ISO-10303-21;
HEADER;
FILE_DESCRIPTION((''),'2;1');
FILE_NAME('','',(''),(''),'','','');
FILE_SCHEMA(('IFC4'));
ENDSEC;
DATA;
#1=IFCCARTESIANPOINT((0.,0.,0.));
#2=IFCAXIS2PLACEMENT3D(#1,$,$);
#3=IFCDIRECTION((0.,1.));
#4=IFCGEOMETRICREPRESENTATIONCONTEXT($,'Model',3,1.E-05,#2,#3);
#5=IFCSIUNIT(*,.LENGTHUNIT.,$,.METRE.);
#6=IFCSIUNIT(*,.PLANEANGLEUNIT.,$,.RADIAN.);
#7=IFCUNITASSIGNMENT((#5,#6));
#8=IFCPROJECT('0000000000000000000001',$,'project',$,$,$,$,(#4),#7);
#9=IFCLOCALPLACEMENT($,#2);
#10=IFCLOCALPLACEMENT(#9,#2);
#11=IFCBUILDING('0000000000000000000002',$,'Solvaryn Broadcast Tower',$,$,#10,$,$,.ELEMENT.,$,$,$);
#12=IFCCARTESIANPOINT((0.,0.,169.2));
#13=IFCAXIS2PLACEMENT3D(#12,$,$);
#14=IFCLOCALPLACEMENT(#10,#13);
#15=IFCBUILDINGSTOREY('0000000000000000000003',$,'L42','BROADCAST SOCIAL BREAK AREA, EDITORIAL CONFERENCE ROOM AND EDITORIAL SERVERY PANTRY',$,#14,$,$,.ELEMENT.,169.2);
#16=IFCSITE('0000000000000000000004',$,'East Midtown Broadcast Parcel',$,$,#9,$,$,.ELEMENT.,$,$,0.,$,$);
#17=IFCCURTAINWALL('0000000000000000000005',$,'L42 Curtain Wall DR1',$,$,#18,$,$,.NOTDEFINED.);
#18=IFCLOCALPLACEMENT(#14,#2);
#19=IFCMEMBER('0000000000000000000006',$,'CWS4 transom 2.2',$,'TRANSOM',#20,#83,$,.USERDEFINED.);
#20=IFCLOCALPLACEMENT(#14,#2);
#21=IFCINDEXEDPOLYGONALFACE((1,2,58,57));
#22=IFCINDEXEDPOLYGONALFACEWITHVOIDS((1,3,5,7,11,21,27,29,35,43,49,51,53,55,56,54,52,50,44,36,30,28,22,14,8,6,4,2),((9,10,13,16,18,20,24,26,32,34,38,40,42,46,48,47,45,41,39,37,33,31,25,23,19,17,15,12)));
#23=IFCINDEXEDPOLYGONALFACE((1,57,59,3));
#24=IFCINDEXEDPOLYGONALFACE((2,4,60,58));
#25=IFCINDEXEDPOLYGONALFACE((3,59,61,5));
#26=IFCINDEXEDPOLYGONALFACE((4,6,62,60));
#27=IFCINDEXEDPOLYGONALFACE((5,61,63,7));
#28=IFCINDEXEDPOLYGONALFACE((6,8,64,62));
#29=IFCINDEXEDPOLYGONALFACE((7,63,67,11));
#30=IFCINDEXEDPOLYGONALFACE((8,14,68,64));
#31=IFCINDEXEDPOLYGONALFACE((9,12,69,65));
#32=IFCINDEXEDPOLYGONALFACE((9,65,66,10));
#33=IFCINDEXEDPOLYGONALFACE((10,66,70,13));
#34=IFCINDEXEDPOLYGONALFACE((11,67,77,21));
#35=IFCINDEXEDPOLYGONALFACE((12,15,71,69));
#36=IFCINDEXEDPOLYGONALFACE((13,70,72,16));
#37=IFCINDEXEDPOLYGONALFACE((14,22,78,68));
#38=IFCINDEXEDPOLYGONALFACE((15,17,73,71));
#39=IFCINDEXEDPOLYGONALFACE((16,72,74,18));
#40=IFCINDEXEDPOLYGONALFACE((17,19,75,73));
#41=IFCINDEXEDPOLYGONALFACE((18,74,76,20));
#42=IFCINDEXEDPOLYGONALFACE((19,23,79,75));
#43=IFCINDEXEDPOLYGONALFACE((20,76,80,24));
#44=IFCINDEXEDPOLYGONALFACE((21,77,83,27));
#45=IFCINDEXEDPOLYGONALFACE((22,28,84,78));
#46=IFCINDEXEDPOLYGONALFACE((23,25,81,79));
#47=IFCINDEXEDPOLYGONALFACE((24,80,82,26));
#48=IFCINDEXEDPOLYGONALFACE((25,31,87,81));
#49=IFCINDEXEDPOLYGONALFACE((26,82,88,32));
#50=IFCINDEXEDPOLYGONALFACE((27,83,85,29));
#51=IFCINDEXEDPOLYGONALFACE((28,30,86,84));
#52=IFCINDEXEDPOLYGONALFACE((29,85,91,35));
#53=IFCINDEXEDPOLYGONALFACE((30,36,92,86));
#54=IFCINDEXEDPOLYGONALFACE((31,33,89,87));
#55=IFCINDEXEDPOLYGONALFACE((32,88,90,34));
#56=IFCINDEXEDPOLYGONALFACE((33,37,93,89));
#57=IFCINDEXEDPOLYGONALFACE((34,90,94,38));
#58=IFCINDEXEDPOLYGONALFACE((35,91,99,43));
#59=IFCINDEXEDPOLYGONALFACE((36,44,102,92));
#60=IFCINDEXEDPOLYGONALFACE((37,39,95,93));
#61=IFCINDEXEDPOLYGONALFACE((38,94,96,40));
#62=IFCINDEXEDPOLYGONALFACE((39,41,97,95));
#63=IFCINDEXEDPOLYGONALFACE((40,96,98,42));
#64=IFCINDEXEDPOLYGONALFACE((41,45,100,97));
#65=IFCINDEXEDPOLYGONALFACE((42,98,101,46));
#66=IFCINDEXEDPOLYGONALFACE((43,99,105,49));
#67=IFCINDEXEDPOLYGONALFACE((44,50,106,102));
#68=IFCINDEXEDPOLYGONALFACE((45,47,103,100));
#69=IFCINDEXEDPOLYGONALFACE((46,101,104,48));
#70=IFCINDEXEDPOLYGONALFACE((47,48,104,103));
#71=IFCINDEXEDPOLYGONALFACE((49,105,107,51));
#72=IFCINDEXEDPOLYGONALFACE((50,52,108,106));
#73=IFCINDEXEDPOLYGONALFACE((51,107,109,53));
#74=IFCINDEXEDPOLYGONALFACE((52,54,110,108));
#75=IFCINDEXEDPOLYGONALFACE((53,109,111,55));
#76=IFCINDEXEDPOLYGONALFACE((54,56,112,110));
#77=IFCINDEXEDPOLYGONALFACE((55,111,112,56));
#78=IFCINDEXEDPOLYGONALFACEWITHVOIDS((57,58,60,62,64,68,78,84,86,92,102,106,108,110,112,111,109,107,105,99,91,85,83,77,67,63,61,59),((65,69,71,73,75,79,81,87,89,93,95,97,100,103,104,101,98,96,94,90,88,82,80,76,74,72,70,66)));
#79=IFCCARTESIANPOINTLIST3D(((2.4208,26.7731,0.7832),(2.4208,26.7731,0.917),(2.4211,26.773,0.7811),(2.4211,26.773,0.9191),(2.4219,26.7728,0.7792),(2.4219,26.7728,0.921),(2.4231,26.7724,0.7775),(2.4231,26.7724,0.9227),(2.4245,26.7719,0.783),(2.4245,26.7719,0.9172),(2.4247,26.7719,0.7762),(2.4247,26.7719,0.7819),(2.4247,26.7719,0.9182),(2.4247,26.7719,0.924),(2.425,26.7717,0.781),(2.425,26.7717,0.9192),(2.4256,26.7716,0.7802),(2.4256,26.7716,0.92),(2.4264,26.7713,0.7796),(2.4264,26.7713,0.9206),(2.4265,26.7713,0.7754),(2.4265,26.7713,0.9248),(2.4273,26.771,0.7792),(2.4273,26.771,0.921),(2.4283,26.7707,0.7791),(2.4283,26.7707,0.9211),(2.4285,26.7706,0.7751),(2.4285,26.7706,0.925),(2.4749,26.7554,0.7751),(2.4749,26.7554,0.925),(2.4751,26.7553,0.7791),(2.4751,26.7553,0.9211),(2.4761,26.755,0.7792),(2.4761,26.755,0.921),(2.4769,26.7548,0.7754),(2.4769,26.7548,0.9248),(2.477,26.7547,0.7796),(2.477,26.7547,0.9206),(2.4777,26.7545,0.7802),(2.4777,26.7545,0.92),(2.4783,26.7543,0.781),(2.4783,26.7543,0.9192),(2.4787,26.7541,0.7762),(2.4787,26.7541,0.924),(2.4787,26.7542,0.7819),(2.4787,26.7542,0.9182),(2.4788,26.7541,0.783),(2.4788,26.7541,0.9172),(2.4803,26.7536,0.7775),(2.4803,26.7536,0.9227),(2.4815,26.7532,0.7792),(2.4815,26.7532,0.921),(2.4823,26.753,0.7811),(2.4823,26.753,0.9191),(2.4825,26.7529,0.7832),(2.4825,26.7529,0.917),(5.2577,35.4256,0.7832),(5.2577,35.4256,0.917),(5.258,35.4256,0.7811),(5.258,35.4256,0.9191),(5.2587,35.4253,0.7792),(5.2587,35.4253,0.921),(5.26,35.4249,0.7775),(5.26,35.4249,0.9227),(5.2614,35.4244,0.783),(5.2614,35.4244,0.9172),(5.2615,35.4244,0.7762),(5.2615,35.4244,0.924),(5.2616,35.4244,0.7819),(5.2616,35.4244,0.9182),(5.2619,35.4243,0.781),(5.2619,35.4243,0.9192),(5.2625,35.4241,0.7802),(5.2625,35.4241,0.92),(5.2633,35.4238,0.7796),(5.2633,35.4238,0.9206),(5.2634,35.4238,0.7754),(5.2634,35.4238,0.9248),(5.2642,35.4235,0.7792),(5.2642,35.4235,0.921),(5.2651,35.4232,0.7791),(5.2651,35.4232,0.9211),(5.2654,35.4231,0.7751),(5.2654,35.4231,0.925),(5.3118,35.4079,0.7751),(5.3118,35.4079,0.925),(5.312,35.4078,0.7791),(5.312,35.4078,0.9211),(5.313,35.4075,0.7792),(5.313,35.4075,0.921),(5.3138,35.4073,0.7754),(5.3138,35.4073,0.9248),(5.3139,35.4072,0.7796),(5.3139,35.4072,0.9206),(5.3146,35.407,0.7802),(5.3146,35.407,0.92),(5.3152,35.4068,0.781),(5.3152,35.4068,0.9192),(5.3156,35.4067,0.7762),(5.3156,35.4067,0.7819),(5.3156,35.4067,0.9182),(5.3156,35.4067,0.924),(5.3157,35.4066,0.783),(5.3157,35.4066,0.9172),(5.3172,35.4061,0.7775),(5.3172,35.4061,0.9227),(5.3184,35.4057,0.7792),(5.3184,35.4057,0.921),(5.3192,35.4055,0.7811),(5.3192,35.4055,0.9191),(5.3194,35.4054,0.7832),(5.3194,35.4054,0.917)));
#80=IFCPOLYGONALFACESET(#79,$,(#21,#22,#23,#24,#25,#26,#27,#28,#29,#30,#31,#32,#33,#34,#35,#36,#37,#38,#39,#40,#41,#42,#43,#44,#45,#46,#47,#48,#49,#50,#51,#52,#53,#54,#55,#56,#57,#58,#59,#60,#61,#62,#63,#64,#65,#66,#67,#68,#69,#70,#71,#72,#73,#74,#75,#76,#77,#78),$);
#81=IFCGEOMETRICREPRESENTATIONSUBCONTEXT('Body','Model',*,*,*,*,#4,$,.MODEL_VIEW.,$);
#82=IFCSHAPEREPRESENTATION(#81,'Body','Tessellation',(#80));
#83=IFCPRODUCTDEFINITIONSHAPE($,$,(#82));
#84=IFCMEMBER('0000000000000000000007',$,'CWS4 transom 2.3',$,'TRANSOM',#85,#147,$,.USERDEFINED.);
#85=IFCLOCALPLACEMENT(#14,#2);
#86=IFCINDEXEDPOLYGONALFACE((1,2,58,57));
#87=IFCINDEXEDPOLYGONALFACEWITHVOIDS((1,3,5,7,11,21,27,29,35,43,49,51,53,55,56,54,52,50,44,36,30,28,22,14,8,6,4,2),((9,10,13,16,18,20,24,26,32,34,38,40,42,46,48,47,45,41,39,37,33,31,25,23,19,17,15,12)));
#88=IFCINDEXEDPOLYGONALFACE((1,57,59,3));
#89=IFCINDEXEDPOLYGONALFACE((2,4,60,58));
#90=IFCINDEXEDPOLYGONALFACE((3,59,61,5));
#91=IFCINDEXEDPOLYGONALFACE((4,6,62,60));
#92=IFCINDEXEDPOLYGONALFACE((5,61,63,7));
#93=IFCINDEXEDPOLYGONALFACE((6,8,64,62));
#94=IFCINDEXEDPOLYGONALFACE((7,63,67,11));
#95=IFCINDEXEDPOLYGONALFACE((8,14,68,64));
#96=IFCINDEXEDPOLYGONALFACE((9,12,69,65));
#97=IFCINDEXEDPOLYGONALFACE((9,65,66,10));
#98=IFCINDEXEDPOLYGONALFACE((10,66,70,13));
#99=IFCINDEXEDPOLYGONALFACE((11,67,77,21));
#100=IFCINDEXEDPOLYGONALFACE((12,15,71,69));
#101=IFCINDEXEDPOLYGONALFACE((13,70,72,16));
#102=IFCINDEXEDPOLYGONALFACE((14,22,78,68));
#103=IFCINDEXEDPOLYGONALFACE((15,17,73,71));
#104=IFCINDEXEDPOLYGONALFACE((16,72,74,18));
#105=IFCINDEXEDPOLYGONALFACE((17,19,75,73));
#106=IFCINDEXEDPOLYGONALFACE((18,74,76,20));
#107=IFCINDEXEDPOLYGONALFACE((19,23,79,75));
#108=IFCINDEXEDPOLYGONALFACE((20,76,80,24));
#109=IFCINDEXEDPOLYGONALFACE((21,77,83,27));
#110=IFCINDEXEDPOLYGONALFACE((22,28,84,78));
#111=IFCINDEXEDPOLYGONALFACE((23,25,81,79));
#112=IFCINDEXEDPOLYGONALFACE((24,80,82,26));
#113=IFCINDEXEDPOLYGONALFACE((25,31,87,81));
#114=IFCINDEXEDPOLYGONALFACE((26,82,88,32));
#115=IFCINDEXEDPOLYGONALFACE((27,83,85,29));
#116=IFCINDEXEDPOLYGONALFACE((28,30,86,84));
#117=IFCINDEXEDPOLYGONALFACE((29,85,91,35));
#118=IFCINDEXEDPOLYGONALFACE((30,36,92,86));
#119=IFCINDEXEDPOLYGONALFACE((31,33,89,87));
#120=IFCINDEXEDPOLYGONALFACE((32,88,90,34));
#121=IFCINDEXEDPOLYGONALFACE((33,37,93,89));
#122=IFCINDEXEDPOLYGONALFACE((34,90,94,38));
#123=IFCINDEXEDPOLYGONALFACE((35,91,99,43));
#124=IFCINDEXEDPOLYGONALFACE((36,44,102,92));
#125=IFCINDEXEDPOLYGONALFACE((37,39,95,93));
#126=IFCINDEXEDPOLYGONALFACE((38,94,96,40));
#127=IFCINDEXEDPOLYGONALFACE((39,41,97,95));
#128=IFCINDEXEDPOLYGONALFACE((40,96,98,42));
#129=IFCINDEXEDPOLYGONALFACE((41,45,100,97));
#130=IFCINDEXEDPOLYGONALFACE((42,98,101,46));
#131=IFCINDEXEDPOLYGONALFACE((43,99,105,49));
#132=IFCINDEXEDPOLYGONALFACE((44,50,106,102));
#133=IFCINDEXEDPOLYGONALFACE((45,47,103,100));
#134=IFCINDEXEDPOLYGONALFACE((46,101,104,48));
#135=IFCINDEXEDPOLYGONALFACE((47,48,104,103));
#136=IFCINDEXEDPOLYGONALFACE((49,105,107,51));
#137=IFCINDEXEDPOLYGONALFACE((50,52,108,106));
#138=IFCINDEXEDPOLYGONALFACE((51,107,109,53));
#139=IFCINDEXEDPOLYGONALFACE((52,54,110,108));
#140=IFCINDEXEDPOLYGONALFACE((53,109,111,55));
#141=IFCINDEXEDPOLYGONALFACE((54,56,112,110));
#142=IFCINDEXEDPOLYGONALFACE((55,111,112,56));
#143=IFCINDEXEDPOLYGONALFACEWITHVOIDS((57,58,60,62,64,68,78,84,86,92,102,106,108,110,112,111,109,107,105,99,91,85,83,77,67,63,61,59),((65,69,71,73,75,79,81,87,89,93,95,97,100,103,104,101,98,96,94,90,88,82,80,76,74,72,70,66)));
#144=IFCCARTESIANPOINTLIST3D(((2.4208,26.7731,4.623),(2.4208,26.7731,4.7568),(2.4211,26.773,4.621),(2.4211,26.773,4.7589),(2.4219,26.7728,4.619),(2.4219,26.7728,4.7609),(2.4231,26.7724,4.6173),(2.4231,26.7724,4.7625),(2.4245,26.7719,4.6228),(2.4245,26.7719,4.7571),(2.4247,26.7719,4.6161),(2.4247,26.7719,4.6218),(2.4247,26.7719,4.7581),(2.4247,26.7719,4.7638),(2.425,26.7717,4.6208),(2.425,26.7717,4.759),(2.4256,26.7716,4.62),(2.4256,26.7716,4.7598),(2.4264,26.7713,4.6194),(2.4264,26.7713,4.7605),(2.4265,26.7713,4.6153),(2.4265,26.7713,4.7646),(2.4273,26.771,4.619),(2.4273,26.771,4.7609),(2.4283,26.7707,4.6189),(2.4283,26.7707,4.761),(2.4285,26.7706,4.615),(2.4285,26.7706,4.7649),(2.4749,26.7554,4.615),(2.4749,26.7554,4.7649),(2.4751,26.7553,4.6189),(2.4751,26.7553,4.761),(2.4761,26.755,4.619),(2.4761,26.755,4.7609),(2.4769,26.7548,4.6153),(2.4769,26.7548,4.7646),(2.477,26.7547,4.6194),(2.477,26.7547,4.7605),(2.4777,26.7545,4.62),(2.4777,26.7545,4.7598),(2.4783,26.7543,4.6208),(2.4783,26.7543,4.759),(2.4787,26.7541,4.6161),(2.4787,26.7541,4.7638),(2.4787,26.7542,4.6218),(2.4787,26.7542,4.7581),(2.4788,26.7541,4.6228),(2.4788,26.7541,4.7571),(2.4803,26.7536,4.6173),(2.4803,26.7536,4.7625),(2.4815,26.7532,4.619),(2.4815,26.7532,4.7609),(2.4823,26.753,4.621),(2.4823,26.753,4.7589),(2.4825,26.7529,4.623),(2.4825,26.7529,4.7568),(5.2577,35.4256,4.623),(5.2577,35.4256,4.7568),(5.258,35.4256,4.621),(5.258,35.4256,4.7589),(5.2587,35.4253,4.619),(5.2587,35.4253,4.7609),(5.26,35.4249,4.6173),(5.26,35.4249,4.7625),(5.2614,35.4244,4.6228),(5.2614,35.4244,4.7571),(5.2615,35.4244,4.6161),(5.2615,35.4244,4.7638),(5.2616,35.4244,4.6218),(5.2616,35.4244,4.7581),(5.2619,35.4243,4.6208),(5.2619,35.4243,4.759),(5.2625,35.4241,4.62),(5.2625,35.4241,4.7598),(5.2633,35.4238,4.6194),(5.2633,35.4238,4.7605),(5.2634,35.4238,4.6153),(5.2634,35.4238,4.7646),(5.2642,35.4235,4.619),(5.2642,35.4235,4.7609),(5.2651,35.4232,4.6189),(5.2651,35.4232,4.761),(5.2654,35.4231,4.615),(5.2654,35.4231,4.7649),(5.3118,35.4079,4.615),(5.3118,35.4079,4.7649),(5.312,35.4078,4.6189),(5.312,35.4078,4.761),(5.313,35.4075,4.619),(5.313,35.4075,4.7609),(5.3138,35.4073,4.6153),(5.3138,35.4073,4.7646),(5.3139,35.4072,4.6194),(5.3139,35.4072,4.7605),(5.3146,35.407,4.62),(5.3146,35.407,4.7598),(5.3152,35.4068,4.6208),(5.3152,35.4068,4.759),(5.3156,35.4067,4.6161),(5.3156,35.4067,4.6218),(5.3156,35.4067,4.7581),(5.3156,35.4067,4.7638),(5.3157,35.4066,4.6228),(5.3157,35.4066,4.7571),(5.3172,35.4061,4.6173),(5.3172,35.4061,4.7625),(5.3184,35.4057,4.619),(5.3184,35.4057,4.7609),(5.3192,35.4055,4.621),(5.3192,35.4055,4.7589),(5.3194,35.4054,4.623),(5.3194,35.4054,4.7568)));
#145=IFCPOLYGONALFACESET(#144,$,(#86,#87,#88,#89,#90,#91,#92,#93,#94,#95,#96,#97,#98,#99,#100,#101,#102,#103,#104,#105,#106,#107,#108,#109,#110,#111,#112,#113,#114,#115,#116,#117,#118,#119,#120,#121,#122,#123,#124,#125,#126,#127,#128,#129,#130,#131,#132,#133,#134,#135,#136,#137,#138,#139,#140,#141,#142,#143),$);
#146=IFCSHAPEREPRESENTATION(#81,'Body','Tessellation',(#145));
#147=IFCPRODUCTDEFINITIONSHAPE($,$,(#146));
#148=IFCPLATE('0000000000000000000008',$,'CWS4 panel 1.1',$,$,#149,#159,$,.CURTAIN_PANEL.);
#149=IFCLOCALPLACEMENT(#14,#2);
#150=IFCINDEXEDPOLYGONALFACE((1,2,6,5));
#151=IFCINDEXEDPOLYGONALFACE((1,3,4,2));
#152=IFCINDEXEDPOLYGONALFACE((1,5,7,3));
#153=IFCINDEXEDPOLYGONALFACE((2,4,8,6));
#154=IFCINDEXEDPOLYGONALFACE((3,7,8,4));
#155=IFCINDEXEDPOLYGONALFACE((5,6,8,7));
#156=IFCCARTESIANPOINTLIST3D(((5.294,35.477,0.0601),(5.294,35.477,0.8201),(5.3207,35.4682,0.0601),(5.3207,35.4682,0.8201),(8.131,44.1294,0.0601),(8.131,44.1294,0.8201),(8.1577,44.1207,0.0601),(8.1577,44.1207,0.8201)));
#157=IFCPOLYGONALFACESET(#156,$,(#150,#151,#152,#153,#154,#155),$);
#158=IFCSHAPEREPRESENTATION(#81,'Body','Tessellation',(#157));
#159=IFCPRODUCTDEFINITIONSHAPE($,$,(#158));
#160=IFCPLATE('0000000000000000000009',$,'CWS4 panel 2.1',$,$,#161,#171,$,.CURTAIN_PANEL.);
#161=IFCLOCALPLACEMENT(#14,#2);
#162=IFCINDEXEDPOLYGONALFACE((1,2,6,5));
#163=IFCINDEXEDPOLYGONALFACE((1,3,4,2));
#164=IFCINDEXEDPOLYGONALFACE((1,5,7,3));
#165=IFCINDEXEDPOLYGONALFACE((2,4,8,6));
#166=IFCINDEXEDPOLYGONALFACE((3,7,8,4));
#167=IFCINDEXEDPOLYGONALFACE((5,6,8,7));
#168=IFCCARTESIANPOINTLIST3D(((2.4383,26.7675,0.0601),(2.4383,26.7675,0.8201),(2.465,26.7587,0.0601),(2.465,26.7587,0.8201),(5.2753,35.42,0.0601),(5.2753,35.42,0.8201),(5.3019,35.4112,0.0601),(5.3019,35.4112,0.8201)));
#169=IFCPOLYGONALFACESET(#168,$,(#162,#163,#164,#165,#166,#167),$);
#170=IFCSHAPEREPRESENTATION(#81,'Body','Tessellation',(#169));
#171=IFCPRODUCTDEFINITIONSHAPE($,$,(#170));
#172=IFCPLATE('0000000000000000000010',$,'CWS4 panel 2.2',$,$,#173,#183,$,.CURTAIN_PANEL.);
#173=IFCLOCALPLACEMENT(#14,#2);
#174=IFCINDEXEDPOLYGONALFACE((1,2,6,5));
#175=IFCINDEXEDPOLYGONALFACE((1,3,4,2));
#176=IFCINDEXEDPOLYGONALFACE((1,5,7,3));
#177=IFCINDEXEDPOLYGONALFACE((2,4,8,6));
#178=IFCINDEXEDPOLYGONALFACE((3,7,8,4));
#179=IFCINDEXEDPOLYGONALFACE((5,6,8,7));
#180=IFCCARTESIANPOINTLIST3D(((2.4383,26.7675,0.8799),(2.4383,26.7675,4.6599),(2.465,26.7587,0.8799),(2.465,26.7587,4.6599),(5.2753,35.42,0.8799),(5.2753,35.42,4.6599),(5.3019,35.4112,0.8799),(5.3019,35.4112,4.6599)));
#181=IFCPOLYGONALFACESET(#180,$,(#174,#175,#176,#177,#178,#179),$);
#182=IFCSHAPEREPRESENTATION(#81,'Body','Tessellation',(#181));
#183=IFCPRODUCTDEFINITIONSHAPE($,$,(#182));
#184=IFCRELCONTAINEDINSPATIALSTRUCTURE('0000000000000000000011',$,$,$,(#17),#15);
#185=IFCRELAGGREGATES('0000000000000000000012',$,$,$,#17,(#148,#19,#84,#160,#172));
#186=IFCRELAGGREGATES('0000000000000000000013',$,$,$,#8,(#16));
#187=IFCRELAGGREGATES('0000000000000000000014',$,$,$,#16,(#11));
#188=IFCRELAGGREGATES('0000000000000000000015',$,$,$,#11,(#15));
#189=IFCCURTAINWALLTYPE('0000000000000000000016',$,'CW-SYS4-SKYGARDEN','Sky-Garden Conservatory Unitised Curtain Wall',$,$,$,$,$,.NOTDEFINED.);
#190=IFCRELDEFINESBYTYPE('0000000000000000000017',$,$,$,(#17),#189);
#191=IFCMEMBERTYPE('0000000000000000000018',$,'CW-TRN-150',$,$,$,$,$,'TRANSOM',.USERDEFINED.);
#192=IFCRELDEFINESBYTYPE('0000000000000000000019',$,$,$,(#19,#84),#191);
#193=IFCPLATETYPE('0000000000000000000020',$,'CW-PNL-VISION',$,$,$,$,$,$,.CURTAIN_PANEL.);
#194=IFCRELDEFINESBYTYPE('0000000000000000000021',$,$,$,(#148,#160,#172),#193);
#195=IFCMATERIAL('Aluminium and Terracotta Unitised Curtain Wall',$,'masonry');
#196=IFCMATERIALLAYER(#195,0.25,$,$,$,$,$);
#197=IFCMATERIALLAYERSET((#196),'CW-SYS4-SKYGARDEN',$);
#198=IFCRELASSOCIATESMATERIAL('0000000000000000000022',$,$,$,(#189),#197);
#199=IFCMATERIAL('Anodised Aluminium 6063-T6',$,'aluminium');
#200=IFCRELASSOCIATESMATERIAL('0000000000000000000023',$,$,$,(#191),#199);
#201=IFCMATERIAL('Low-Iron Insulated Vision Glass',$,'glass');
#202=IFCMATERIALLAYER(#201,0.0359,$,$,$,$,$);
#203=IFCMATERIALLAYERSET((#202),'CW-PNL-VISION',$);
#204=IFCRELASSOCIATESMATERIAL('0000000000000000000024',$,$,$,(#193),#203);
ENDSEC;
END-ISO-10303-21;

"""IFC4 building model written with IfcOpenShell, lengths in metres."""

from ifc_helpers import new_model, si_unit, direction, frame, origin, origin_2d, place, context, subcontext, project, spatial, rectangle, hollow_rectangle, extrude, material, layer, layer_set, material_profile, profile_set, type_object, element, aggregate, save


model = new_model("IFC4")

# Units and contexts
model_context = context("Model", 3, precision=1e-05, world=origin(), true_north=direction((0.0, 1.0)))
body_context = subcontext(model_context, "Body", "Model", "MODEL_VIEW")
ifc_project = project(units=[si_unit("LENGTHUNIT", "METRE"), si_unit("PLANEANGLEUNIT", "RADIAN")], contexts=[model_context])

# Site, building, storey
site_placement = place(None, origin())
site = spatial("IfcSite", under=ifc_project, at=site_placement, Name="East Midtown Broadcast Parcel", CompositionType="ELEMENT", RefElevation=0.0)
building_placement = place(site_placement, origin())
building = spatial("IfcBuilding", under=site, at=building_placement, Name="Solvaryn Broadcast Tower", CompositionType="ELEMENT")
storey_placement = place(building_placement, frame((0.0, 0.0, 169.2)))
storey = spatial("IfcBuildingStorey", under=building, at=storey_placement, Name="L42", Description="BROADCAST SOCIAL BREAK AREA, EDITORIAL CONFERENCE ROOM AND EDITORIAL SERVERY PANTRY", CompositionType="ELEMENT", Elevation=169.2)

# Curtain wall, members, plates
ifc_material_1 = material(Name="Aluminium and Terracotta Unitised Curtain Wall", Category="masonry")
ifc_layer_1 = layer(ifc_material_1, 0.25)
ifc_layer_set_1 = layer_set([ifc_layer_1], Name="CW-SYS4-SKYGARDEN")
curtain_wall_type = type_object("IfcCurtainWallType", Name="CW-SYS4-SKYGARDEN", Description="Sky-Garden Conservatory Unitised Curtain Wall", PredefinedType="NOTDEFINED", material=ifc_layer_set_1)
curtain_wall_placement = place(storey_placement, origin())
curtain_wall = element("IfcCurtainWall", 1, at=curtain_wall_placement, inside=storey, type_object=curtain_wall_type, Name="L42 Curtain Wall DR1", PredefinedType="NOTDEFINED")
ifc_material_2 = material(Name="Anodised Aluminium 6063-T6", Category="aluminium")
ifc_material_profile_1 = material_profile(ifc_material_2, hollow_rectangle(XDim=0.0649, YDim=0.1499, WallThickness=0.0039, InnerFilletRadius=0.0039, OuterFilletRadius=0.0081, at=origin_2d()))
ifc_profile_set_1 = profile_set([ifc_material_profile_1], Name="Anodised Aluminium 6063-T6")
member_type_1 = type_object("IfcMemberType", Name="CW-TRN-150", ElementType="TRANSOM", PredefinedType="USERDEFINED", material=ifc_profile_set_1)
member_1_placement = place(storey_placement, frame((5.2886, 35.4155, 0.8501), z_axis=(-0.311551, -0.95023, 0.0), x_axis=(0.95023, -0.311551, 0.0)))
member_1 = element("IfcMember", 2, at=member_1_placement, type_object=member_type_1, Name="CWS4 transom 2.2", ObjectType="TRANSOM", PredefinedType="USERDEFINED", context=body_context, shape_type="SweptSolid", body=[
    extrude(hollow_rectangle(XDim=0.0649, YDim=0.1499, WallThickness=0.0039, InnerFilletRadius=0.0039, OuterFilletRadius=0.0081, at=origin_2d()), origin(), (0.0, 0.0, 1.0), 9.1057),
])
member_2_placement = place(storey_placement, frame((5.2886, 35.4155, 4.6899), z_axis=(-0.311551, -0.95023, 0.0), x_axis=(0.95023, -0.311551, 0.0)))
member_2 = element("IfcMember", 3, at=member_2_placement, type_object=member_type_1, Name="CWS4 transom 2.3", ObjectType="TRANSOM", PredefinedType="USERDEFINED", context=body_context, shape_type="SweptSolid", body=[
    extrude(hollow_rectangle(XDim=0.0649, YDim=0.1499, WallThickness=0.0039, InnerFilletRadius=0.0039, OuterFilletRadius=0.0081, at=origin_2d()), origin(), (0.0, 0.0, 1.0), 9.1057),
])
ifc_material_3 = material(Name="Low-Iron Insulated Vision Glass", Category="glass")
ifc_layer_2 = layer(ifc_material_3, 0.0359)
ifc_layer_set_2 = layer_set([ifc_layer_2], Name="CW-PNL-VISION")
plate_type = type_object("IfcPlateType", Name="CW-PNL-VISION", PredefinedType="CURTAIN_PANEL", material=ifc_layer_set_2)
plate_1_placement = place(storey_placement, frame((6.7258, 39.7988, 0.0601), z_axis=(0.0, 0.0, 1.0), x_axis=(-0.311559, -0.950227, 0.0)))
plate_1 = element("IfcPlate", 4, at=plate_1_placement, type_object=plate_type, Name="CWS4 panel 1.1", PredefinedType="CURTAIN_PANEL", context=body_context, shape_type="SweptSolid", body=[
    extrude(rectangle(XDim=9.1057, YDim=0.0281, at=origin_2d()), origin(), (0.0, 0.0, 1.0), 0.76),
])
plate_2_placement = place(storey_placement, frame((3.8701, 31.0894, 0.0601), z_axis=(0.0, 0.0, 1.0), x_axis=(-0.311559, -0.950227, 0.0)))
plate_2 = element("IfcPlate", 5, at=plate_2_placement, type_object=plate_type, Name="CWS4 panel 2.1", PredefinedType="CURTAIN_PANEL", context=body_context, shape_type="SweptSolid", body=[
    extrude(rectangle(XDim=9.1057, YDim=0.0281, at=origin_2d()), origin(), (0.0, 0.0, 1.0), 0.76),
])
plate_3_placement = place(storey_placement, frame((3.8701, 31.0894, 0.8799), z_axis=(0.0, 0.0, 1.0), x_axis=(-0.311559, -0.950227, 0.0)))
plate_3 = element("IfcPlate", 6, at=plate_3_placement, type_object=plate_type, Name="CWS4 panel 2.2", PredefinedType="CURTAIN_PANEL", context=body_context, shape_type="SweptSolid", body=[
    extrude(rectangle(XDim=9.1057, YDim=0.0281, at=origin_2d()), origin(), (0.0, 0.0, 1.0), 3.78),
])
aggregate(curtain_wall, [plate_1, member_1, member_2, plate_2, plate_3])

save(model, "model.ifc")
